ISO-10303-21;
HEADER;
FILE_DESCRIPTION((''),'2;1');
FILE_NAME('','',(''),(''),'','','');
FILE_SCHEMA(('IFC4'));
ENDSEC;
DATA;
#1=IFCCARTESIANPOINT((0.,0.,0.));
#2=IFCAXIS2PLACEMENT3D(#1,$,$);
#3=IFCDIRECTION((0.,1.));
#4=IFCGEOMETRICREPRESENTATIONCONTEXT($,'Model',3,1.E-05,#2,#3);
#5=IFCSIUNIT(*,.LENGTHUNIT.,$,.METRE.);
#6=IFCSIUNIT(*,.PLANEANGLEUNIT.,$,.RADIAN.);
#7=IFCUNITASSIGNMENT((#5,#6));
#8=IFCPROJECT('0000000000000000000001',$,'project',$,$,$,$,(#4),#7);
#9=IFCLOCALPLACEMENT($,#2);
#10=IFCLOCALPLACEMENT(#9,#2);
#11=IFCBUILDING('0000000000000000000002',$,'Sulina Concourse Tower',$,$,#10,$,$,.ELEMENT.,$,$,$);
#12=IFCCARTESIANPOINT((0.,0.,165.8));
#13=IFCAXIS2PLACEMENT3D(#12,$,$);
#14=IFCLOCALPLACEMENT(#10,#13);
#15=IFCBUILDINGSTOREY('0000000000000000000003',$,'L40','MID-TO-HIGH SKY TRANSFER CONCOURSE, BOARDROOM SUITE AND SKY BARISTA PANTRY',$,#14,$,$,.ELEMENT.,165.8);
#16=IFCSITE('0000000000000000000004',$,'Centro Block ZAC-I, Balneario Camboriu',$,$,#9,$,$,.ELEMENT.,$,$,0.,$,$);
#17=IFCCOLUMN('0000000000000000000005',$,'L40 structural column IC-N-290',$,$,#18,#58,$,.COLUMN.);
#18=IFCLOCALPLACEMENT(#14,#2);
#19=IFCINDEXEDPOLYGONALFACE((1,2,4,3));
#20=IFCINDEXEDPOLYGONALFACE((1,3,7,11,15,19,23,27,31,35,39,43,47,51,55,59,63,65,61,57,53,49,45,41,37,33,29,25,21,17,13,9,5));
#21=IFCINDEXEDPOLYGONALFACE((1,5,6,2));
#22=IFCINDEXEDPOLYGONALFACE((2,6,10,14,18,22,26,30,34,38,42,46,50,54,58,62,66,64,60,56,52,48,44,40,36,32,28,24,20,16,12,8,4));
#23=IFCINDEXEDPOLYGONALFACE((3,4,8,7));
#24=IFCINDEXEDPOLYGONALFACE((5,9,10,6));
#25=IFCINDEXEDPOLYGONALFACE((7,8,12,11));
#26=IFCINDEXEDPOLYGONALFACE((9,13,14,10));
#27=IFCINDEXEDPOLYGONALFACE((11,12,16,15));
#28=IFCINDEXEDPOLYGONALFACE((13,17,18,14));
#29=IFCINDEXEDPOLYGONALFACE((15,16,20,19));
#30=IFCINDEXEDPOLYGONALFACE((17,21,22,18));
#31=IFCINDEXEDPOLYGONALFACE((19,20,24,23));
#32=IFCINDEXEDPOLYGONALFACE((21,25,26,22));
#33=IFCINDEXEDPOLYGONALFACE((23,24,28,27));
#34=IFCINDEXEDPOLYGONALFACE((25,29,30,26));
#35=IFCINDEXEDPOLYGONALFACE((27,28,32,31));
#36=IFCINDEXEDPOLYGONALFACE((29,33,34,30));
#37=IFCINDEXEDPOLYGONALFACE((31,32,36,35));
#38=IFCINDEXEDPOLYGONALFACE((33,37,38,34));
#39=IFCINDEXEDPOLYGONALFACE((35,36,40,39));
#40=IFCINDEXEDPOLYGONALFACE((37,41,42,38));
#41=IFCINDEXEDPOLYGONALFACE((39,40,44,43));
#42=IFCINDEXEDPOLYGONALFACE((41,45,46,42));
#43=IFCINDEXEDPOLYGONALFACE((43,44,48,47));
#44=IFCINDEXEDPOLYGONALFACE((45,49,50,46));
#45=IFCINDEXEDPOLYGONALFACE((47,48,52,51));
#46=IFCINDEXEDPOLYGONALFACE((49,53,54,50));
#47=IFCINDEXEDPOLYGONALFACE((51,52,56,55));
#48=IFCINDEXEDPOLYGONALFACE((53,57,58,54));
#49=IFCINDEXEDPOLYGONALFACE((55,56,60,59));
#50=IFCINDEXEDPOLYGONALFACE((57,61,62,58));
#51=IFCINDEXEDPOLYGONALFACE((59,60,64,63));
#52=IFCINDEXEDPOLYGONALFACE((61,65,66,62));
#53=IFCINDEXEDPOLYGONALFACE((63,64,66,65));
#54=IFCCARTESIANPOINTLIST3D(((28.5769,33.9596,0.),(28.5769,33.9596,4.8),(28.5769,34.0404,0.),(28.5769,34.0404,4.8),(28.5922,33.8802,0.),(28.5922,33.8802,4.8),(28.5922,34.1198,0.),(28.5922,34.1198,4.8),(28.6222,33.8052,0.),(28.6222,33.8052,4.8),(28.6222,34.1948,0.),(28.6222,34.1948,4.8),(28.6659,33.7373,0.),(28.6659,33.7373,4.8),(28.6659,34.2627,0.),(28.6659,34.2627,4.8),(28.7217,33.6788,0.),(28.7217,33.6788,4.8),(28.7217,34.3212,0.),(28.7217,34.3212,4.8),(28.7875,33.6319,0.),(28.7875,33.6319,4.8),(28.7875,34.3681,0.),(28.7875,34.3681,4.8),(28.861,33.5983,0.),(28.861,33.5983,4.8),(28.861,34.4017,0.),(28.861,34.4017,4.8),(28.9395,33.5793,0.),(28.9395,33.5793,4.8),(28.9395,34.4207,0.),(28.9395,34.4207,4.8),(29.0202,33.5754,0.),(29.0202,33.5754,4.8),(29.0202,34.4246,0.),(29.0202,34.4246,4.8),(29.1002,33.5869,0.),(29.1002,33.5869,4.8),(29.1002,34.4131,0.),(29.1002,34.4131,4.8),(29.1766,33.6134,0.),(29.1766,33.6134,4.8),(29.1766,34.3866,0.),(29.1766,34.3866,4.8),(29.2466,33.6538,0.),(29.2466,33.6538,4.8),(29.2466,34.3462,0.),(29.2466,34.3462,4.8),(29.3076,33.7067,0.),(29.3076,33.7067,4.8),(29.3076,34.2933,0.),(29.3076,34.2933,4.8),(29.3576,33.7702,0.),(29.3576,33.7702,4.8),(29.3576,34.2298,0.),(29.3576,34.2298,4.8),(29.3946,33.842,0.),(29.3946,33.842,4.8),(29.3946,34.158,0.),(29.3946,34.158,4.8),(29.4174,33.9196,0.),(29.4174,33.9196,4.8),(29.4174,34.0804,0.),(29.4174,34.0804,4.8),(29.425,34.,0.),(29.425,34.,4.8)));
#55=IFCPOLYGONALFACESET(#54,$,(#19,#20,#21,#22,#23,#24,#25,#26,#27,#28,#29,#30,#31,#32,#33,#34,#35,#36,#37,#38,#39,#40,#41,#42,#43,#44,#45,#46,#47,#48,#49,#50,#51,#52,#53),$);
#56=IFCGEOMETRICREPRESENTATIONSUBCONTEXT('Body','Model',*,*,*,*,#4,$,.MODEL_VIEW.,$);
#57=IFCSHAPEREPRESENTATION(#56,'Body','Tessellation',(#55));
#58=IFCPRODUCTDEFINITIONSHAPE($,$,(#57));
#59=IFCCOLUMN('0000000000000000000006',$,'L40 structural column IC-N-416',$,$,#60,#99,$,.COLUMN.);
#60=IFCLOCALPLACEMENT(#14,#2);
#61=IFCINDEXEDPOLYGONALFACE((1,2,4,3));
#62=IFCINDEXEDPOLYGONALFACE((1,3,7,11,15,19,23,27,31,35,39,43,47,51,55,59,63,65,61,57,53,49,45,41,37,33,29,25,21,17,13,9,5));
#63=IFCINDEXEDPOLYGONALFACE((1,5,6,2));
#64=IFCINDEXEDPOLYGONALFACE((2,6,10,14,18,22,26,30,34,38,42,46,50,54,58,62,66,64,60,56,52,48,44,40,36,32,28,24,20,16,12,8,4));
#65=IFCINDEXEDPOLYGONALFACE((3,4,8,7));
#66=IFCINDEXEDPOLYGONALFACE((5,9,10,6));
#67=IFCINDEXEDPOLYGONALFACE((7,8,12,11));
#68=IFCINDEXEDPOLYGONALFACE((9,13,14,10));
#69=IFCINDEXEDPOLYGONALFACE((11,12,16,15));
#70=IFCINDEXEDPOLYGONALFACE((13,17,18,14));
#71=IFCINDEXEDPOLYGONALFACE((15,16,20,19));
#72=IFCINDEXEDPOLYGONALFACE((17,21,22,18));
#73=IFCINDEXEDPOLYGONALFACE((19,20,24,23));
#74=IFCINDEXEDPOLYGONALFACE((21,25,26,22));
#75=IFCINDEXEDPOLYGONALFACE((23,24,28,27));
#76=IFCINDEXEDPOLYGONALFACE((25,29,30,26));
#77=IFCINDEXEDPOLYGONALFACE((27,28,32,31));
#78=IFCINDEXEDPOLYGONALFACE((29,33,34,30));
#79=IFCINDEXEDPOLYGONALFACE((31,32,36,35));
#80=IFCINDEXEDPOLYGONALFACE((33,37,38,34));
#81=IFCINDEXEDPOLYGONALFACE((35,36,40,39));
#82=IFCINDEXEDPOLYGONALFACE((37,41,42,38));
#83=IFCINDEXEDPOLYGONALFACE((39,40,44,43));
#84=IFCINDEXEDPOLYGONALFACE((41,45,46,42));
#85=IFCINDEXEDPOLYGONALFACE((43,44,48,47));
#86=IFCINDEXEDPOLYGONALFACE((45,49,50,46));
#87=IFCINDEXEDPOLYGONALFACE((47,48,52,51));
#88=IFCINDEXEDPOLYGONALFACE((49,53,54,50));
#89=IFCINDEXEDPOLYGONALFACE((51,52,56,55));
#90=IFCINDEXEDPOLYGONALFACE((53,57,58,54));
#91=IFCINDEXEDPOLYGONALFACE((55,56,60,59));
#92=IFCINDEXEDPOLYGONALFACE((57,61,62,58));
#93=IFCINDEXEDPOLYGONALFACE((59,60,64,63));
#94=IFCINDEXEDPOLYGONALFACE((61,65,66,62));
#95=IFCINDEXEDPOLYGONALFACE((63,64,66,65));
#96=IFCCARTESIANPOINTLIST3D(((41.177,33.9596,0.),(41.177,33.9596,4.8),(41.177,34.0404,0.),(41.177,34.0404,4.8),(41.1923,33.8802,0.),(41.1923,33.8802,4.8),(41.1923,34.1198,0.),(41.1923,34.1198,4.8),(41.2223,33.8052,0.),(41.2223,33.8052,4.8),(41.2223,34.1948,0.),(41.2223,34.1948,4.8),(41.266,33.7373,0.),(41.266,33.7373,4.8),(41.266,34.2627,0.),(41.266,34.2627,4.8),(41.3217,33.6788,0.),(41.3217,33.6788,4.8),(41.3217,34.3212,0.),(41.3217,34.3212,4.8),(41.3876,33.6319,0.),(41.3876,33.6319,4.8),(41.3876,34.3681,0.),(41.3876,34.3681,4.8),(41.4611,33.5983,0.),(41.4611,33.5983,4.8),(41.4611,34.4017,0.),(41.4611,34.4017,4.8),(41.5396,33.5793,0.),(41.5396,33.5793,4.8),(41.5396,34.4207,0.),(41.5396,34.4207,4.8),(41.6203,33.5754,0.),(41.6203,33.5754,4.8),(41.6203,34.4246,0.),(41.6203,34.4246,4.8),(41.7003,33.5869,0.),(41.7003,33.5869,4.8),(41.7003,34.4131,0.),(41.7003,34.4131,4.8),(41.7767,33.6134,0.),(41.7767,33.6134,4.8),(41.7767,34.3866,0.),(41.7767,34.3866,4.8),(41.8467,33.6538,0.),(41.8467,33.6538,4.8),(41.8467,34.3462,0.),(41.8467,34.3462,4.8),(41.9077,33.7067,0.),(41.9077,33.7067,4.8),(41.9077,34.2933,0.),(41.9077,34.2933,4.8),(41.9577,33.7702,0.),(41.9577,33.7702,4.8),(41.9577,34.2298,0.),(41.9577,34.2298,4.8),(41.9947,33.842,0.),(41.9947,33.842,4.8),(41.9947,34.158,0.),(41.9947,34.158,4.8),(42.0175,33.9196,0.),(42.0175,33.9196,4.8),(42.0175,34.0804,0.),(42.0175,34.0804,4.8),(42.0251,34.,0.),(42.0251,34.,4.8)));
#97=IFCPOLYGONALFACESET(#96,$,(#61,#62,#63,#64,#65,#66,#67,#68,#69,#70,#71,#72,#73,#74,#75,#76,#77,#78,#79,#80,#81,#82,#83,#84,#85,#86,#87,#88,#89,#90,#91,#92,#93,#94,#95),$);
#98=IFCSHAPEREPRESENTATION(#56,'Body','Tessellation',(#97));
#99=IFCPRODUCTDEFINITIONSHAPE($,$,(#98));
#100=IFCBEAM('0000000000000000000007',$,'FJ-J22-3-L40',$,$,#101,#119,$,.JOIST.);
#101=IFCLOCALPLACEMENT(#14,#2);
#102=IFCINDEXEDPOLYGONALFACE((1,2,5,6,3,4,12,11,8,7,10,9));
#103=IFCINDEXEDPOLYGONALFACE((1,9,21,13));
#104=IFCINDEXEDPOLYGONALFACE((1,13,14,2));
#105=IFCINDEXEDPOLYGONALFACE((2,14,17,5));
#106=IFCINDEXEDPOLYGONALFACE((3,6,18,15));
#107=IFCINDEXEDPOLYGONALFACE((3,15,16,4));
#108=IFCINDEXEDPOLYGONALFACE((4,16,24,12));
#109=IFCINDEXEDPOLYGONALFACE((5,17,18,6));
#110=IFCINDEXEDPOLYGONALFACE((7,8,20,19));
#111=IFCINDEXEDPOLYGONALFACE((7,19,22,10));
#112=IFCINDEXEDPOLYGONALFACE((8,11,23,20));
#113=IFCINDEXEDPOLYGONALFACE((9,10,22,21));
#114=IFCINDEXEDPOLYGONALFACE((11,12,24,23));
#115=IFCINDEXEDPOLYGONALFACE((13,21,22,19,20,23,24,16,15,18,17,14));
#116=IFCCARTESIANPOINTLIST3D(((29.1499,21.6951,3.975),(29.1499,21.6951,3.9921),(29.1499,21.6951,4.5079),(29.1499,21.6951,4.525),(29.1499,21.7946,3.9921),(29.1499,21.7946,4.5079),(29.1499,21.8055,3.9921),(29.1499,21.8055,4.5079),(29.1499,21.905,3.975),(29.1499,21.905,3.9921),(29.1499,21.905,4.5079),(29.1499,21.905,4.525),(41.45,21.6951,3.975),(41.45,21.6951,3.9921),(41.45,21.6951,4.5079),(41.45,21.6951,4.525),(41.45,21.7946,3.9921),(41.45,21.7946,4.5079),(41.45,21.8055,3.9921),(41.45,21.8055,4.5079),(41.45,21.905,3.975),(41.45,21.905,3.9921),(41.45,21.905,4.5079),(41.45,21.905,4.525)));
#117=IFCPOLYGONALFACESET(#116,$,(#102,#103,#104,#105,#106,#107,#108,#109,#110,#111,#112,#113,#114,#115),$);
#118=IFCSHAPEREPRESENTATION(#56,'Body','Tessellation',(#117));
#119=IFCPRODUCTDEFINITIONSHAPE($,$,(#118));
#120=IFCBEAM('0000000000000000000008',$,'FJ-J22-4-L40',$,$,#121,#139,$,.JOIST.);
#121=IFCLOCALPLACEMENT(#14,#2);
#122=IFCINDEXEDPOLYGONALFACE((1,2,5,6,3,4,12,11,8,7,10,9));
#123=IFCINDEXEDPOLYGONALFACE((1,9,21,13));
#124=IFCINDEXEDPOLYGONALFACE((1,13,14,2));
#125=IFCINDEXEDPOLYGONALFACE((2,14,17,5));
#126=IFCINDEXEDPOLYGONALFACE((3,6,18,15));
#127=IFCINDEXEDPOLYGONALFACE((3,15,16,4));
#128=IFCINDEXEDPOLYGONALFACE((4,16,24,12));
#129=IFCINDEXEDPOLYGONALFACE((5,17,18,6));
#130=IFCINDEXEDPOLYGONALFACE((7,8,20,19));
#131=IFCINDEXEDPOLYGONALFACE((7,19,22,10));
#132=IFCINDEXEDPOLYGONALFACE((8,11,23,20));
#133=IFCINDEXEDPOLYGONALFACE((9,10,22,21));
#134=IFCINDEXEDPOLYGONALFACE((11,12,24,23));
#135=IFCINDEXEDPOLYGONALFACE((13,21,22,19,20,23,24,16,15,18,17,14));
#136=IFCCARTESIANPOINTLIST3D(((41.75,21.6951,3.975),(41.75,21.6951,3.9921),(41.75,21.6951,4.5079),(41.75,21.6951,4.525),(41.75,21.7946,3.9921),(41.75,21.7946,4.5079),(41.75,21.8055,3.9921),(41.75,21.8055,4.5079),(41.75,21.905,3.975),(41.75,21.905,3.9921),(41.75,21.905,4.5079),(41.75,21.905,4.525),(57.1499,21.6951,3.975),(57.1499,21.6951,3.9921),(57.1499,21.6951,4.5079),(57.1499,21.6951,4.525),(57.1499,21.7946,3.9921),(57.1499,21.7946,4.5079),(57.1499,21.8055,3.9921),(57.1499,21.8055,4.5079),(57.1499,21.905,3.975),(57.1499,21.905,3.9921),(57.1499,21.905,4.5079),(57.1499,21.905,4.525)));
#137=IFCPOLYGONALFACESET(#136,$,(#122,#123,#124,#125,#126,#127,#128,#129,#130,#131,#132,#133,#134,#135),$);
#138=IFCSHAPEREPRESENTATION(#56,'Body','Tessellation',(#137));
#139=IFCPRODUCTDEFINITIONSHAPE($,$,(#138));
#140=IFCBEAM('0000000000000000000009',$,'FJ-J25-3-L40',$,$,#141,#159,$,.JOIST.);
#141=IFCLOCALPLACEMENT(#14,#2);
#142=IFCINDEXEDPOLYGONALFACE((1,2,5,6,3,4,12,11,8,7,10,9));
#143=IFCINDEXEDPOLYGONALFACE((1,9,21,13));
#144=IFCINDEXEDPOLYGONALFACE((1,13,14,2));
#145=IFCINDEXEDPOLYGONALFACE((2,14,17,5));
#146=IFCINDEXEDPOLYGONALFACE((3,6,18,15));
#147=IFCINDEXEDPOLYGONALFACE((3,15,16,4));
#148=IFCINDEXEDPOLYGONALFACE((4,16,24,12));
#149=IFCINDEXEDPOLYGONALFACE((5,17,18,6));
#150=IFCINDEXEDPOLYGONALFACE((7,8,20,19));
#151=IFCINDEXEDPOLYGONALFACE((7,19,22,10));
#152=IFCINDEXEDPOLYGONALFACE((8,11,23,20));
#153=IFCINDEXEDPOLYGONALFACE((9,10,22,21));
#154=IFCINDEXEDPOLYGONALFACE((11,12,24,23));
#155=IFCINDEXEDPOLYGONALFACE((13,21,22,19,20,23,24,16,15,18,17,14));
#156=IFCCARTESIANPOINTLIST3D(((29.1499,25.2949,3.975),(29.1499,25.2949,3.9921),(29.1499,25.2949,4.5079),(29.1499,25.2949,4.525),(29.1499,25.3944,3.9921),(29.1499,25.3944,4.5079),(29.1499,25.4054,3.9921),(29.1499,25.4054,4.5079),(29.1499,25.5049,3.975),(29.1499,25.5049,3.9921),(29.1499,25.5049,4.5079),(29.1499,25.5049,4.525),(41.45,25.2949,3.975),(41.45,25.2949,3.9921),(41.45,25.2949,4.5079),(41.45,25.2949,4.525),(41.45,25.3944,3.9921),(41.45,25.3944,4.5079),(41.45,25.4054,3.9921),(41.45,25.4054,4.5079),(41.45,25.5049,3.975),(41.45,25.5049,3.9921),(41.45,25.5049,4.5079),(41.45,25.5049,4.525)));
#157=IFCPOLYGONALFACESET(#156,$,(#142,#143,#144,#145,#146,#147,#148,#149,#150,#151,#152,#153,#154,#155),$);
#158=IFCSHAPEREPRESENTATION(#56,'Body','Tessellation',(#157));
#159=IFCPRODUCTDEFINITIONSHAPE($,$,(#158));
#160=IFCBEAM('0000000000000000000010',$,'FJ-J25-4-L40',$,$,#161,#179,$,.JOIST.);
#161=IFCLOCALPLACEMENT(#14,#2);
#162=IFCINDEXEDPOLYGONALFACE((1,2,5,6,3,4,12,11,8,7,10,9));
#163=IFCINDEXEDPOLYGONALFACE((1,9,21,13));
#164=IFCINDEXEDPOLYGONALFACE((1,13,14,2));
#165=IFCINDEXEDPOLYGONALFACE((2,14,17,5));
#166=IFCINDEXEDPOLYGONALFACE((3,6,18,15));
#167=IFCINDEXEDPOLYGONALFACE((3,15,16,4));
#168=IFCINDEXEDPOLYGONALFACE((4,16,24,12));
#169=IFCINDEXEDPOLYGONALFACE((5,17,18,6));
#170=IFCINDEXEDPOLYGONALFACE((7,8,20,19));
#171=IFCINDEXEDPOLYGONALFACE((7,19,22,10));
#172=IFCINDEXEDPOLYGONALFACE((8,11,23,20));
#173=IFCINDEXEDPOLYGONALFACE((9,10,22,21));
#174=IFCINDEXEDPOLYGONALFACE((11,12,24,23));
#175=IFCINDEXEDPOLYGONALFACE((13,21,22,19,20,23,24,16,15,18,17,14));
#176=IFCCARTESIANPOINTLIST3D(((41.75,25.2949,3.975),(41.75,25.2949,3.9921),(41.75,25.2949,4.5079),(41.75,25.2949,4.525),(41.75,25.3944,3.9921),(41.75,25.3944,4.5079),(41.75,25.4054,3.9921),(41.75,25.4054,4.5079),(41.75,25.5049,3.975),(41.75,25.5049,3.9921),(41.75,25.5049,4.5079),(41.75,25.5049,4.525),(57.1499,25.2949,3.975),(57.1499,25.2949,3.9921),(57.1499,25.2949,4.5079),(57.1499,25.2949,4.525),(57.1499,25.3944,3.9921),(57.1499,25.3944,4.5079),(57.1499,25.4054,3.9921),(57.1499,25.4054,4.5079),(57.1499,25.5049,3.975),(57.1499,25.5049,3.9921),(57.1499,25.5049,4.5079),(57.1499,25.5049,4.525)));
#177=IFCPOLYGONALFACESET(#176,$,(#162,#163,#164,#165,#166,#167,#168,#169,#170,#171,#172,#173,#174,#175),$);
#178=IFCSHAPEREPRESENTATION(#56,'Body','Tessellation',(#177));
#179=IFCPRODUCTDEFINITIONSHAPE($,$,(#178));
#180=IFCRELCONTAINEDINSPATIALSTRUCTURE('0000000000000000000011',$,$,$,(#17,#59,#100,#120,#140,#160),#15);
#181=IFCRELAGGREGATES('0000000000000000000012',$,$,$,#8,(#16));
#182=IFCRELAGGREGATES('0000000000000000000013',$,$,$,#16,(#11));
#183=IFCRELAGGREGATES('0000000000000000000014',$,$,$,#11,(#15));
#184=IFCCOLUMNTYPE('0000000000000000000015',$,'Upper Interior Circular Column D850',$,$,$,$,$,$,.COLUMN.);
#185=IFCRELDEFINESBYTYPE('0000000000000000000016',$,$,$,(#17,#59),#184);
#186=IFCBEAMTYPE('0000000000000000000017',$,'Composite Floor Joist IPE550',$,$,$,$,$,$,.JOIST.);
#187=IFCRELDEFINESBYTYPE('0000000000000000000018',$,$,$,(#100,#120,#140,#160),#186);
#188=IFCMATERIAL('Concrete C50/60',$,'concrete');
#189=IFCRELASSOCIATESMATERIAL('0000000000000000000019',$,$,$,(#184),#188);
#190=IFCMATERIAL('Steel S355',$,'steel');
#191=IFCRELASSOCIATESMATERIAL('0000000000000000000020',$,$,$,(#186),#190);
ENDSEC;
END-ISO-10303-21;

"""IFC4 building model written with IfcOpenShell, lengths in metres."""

from ifc_helpers import new_model, si_unit, direction, frame, origin, origin_2d, place, context, subcontext, project, spatial, circle, i_section, extrude, material, material_profile, profile_set, type_object, element, save


model = new_model("IFC4")

# Units and contexts
model_context = context("Model", 3, precision=1e-05, world=origin(), true_north=direction((0.0, 1.0)))
body_context = subcontext(model_context, "Body", "Model", "MODEL_VIEW")
ifc_project = project(units=[si_unit("LENGTHUNIT", "METRE"), si_unit("PLANEANGLEUNIT", "RADIAN")], contexts=[model_context])

# Site, building, storey
site_placement = place(None, origin())
site = spatial("IfcSite", under=ifc_project, at=site_placement, Name="Centro Block ZAC-I, Balneario Camboriu", CompositionType="ELEMENT", RefElevation=0.0)
building_placement = place(site_placement, origin())
building = spatial("IfcBuilding", under=site, at=building_placement, Name="Sulina Concourse Tower", CompositionType="ELEMENT")
storey_placement = place(building_placement, frame((0.0, 0.0, 165.8)))
storey = spatial("IfcBuildingStorey", under=building, at=storey_placement, Name="L40", Description="MID-TO-HIGH SKY TRANSFER CONCOURSE, BOARDROOM SUITE AND SKY BARISTA PANTRY", CompositionType="ELEMENT", Elevation=165.8)

# Columns
ifc_material_1 = material(Name="Concrete C50/60", Category="concrete")
ifc_material_profile_1 = material_profile(ifc_material_1, circle(Radius=0.425, at=origin_2d()), Name="RC D850")
ifc_profile_set_1 = profile_set([ifc_material_profile_1], Name="Concrete C50/60")
column_type = type_object("IfcColumnType", Name="Upper Interior Circular Column D850", PredefinedType="COLUMN", material=ifc_profile_set_1)
for number, where, z_axis, x_axis, name in (
    (1, (29.0, 34.0, 0.0), (0.0, 0.0, 1.0), (1.0, 0.0, 0.0), "L40 structural column IC-N-290"),
    (2, (41.6001, 34.0, 0.0), (0.0, 0.0, 1.0), (1.0, 0.0, 0.0), "L40 structural column IC-N-416"),
):
    element("IfcColumn", number, at=place(storey_placement, frame(where, z_axis=z_axis, x_axis=x_axis)), inside=storey, type_object=column_type, Name=name, PredefinedType="COLUMN", context=body_context, shape_type="SweptSolid", body=[
        extrude(circle(Radius=0.425, at=origin_2d()), origin(), (0.0, 0.0, 1.0), 4.8),
    ])

# Beams
ifc_material_2 = material(Name="Steel S355", Category="steel")
ifc_material_profile_2 = material_profile(ifc_material_2, i_section(OverallWidth=0.21, OverallDepth=0.55, WebThickness=0.011, FlangeThickness=0.0171, at=origin_2d()), Name="IPE 550")
ifc_profile_set_2 = profile_set([ifc_material_profile_2], Name="Steel S355")
beam_type_1 = type_object("IfcBeamType", Name="Composite Floor Joist IPE550", PredefinedType="JOIST", material=ifc_profile_set_2)
beam_1_placement = place(storey_placement, frame((29.1499, 21.8, 4.25), z_axis=(1.0, 0.0, 0.0), x_axis=(0.0, 1.0, 0.0)))
element("IfcBeam", 3, at=beam_1_placement, inside=storey, type_object=beam_type_1, Name="FJ-J22-3-L40", PredefinedType="JOIST", context=body_context, shape_type="SweptSolid", body=[
    extrude(i_section(OverallWidth=0.21, OverallDepth=0.55, WebThickness=0.011, FlangeThickness=0.0171, at=origin_2d()), origin(), (0.0, 0.0, 1.0), 12.3),
])
beam_2_placement = place(storey_placement, frame((41.75, 21.8, 4.25), z_axis=(1.0, 0.0, 0.0), x_axis=(0.0, 1.0, 0.0)))
element("IfcBeam", 4, at=beam_2_placement, inside=storey, type_object=beam_type_1, Name="FJ-J22-4-L40", PredefinedType="JOIST", context=body_context, shape_type="SweptSolid", body=[
    extrude(i_section(OverallWidth=0.21, OverallDepth=0.55, WebThickness=0.011, FlangeThickness=0.0171, at=origin_2d()), origin(), (0.0, 0.0, 1.0), 15.3999),
])
beam_3_placement = place(storey_placement, frame((29.1499, 25.3999, 4.25), z_axis=(1.0, 0.0, 0.0), x_axis=(0.0, 1.0, 0.0)))
element("IfcBeam", 5, at=beam_3_placement, inside=storey, type_object=beam_type_1, Name="FJ-J25-3-L40", PredefinedType="JOIST", context=body_context, shape_type="SweptSolid", body=[
    extrude(i_section(OverallWidth=0.21, OverallDepth=0.55, WebThickness=0.011, FlangeThickness=0.0171, at=origin_2d()), origin(), (0.0, 0.0, 1.0), 12.3),
])
beam_4_placement = place(storey_placement, frame((41.75, 25.3999, 4.25), z_axis=(1.0, 0.0, 0.0), x_axis=(0.0, 1.0, 0.0)))
element("IfcBeam", 6, at=beam_4_placement, inside=storey, type_object=beam_type_1, Name="FJ-J25-4-L40", PredefinedType="JOIST", context=body_context, shape_type="SweptSolid", body=[
    extrude(i_section(OverallWidth=0.21, OverallDepth=0.55, WebThickness=0.011, FlangeThickness=0.0171, at=origin_2d()), origin(), (0.0, 0.0, 1.0), 15.3999),
])

save(model, "model.ifc")
